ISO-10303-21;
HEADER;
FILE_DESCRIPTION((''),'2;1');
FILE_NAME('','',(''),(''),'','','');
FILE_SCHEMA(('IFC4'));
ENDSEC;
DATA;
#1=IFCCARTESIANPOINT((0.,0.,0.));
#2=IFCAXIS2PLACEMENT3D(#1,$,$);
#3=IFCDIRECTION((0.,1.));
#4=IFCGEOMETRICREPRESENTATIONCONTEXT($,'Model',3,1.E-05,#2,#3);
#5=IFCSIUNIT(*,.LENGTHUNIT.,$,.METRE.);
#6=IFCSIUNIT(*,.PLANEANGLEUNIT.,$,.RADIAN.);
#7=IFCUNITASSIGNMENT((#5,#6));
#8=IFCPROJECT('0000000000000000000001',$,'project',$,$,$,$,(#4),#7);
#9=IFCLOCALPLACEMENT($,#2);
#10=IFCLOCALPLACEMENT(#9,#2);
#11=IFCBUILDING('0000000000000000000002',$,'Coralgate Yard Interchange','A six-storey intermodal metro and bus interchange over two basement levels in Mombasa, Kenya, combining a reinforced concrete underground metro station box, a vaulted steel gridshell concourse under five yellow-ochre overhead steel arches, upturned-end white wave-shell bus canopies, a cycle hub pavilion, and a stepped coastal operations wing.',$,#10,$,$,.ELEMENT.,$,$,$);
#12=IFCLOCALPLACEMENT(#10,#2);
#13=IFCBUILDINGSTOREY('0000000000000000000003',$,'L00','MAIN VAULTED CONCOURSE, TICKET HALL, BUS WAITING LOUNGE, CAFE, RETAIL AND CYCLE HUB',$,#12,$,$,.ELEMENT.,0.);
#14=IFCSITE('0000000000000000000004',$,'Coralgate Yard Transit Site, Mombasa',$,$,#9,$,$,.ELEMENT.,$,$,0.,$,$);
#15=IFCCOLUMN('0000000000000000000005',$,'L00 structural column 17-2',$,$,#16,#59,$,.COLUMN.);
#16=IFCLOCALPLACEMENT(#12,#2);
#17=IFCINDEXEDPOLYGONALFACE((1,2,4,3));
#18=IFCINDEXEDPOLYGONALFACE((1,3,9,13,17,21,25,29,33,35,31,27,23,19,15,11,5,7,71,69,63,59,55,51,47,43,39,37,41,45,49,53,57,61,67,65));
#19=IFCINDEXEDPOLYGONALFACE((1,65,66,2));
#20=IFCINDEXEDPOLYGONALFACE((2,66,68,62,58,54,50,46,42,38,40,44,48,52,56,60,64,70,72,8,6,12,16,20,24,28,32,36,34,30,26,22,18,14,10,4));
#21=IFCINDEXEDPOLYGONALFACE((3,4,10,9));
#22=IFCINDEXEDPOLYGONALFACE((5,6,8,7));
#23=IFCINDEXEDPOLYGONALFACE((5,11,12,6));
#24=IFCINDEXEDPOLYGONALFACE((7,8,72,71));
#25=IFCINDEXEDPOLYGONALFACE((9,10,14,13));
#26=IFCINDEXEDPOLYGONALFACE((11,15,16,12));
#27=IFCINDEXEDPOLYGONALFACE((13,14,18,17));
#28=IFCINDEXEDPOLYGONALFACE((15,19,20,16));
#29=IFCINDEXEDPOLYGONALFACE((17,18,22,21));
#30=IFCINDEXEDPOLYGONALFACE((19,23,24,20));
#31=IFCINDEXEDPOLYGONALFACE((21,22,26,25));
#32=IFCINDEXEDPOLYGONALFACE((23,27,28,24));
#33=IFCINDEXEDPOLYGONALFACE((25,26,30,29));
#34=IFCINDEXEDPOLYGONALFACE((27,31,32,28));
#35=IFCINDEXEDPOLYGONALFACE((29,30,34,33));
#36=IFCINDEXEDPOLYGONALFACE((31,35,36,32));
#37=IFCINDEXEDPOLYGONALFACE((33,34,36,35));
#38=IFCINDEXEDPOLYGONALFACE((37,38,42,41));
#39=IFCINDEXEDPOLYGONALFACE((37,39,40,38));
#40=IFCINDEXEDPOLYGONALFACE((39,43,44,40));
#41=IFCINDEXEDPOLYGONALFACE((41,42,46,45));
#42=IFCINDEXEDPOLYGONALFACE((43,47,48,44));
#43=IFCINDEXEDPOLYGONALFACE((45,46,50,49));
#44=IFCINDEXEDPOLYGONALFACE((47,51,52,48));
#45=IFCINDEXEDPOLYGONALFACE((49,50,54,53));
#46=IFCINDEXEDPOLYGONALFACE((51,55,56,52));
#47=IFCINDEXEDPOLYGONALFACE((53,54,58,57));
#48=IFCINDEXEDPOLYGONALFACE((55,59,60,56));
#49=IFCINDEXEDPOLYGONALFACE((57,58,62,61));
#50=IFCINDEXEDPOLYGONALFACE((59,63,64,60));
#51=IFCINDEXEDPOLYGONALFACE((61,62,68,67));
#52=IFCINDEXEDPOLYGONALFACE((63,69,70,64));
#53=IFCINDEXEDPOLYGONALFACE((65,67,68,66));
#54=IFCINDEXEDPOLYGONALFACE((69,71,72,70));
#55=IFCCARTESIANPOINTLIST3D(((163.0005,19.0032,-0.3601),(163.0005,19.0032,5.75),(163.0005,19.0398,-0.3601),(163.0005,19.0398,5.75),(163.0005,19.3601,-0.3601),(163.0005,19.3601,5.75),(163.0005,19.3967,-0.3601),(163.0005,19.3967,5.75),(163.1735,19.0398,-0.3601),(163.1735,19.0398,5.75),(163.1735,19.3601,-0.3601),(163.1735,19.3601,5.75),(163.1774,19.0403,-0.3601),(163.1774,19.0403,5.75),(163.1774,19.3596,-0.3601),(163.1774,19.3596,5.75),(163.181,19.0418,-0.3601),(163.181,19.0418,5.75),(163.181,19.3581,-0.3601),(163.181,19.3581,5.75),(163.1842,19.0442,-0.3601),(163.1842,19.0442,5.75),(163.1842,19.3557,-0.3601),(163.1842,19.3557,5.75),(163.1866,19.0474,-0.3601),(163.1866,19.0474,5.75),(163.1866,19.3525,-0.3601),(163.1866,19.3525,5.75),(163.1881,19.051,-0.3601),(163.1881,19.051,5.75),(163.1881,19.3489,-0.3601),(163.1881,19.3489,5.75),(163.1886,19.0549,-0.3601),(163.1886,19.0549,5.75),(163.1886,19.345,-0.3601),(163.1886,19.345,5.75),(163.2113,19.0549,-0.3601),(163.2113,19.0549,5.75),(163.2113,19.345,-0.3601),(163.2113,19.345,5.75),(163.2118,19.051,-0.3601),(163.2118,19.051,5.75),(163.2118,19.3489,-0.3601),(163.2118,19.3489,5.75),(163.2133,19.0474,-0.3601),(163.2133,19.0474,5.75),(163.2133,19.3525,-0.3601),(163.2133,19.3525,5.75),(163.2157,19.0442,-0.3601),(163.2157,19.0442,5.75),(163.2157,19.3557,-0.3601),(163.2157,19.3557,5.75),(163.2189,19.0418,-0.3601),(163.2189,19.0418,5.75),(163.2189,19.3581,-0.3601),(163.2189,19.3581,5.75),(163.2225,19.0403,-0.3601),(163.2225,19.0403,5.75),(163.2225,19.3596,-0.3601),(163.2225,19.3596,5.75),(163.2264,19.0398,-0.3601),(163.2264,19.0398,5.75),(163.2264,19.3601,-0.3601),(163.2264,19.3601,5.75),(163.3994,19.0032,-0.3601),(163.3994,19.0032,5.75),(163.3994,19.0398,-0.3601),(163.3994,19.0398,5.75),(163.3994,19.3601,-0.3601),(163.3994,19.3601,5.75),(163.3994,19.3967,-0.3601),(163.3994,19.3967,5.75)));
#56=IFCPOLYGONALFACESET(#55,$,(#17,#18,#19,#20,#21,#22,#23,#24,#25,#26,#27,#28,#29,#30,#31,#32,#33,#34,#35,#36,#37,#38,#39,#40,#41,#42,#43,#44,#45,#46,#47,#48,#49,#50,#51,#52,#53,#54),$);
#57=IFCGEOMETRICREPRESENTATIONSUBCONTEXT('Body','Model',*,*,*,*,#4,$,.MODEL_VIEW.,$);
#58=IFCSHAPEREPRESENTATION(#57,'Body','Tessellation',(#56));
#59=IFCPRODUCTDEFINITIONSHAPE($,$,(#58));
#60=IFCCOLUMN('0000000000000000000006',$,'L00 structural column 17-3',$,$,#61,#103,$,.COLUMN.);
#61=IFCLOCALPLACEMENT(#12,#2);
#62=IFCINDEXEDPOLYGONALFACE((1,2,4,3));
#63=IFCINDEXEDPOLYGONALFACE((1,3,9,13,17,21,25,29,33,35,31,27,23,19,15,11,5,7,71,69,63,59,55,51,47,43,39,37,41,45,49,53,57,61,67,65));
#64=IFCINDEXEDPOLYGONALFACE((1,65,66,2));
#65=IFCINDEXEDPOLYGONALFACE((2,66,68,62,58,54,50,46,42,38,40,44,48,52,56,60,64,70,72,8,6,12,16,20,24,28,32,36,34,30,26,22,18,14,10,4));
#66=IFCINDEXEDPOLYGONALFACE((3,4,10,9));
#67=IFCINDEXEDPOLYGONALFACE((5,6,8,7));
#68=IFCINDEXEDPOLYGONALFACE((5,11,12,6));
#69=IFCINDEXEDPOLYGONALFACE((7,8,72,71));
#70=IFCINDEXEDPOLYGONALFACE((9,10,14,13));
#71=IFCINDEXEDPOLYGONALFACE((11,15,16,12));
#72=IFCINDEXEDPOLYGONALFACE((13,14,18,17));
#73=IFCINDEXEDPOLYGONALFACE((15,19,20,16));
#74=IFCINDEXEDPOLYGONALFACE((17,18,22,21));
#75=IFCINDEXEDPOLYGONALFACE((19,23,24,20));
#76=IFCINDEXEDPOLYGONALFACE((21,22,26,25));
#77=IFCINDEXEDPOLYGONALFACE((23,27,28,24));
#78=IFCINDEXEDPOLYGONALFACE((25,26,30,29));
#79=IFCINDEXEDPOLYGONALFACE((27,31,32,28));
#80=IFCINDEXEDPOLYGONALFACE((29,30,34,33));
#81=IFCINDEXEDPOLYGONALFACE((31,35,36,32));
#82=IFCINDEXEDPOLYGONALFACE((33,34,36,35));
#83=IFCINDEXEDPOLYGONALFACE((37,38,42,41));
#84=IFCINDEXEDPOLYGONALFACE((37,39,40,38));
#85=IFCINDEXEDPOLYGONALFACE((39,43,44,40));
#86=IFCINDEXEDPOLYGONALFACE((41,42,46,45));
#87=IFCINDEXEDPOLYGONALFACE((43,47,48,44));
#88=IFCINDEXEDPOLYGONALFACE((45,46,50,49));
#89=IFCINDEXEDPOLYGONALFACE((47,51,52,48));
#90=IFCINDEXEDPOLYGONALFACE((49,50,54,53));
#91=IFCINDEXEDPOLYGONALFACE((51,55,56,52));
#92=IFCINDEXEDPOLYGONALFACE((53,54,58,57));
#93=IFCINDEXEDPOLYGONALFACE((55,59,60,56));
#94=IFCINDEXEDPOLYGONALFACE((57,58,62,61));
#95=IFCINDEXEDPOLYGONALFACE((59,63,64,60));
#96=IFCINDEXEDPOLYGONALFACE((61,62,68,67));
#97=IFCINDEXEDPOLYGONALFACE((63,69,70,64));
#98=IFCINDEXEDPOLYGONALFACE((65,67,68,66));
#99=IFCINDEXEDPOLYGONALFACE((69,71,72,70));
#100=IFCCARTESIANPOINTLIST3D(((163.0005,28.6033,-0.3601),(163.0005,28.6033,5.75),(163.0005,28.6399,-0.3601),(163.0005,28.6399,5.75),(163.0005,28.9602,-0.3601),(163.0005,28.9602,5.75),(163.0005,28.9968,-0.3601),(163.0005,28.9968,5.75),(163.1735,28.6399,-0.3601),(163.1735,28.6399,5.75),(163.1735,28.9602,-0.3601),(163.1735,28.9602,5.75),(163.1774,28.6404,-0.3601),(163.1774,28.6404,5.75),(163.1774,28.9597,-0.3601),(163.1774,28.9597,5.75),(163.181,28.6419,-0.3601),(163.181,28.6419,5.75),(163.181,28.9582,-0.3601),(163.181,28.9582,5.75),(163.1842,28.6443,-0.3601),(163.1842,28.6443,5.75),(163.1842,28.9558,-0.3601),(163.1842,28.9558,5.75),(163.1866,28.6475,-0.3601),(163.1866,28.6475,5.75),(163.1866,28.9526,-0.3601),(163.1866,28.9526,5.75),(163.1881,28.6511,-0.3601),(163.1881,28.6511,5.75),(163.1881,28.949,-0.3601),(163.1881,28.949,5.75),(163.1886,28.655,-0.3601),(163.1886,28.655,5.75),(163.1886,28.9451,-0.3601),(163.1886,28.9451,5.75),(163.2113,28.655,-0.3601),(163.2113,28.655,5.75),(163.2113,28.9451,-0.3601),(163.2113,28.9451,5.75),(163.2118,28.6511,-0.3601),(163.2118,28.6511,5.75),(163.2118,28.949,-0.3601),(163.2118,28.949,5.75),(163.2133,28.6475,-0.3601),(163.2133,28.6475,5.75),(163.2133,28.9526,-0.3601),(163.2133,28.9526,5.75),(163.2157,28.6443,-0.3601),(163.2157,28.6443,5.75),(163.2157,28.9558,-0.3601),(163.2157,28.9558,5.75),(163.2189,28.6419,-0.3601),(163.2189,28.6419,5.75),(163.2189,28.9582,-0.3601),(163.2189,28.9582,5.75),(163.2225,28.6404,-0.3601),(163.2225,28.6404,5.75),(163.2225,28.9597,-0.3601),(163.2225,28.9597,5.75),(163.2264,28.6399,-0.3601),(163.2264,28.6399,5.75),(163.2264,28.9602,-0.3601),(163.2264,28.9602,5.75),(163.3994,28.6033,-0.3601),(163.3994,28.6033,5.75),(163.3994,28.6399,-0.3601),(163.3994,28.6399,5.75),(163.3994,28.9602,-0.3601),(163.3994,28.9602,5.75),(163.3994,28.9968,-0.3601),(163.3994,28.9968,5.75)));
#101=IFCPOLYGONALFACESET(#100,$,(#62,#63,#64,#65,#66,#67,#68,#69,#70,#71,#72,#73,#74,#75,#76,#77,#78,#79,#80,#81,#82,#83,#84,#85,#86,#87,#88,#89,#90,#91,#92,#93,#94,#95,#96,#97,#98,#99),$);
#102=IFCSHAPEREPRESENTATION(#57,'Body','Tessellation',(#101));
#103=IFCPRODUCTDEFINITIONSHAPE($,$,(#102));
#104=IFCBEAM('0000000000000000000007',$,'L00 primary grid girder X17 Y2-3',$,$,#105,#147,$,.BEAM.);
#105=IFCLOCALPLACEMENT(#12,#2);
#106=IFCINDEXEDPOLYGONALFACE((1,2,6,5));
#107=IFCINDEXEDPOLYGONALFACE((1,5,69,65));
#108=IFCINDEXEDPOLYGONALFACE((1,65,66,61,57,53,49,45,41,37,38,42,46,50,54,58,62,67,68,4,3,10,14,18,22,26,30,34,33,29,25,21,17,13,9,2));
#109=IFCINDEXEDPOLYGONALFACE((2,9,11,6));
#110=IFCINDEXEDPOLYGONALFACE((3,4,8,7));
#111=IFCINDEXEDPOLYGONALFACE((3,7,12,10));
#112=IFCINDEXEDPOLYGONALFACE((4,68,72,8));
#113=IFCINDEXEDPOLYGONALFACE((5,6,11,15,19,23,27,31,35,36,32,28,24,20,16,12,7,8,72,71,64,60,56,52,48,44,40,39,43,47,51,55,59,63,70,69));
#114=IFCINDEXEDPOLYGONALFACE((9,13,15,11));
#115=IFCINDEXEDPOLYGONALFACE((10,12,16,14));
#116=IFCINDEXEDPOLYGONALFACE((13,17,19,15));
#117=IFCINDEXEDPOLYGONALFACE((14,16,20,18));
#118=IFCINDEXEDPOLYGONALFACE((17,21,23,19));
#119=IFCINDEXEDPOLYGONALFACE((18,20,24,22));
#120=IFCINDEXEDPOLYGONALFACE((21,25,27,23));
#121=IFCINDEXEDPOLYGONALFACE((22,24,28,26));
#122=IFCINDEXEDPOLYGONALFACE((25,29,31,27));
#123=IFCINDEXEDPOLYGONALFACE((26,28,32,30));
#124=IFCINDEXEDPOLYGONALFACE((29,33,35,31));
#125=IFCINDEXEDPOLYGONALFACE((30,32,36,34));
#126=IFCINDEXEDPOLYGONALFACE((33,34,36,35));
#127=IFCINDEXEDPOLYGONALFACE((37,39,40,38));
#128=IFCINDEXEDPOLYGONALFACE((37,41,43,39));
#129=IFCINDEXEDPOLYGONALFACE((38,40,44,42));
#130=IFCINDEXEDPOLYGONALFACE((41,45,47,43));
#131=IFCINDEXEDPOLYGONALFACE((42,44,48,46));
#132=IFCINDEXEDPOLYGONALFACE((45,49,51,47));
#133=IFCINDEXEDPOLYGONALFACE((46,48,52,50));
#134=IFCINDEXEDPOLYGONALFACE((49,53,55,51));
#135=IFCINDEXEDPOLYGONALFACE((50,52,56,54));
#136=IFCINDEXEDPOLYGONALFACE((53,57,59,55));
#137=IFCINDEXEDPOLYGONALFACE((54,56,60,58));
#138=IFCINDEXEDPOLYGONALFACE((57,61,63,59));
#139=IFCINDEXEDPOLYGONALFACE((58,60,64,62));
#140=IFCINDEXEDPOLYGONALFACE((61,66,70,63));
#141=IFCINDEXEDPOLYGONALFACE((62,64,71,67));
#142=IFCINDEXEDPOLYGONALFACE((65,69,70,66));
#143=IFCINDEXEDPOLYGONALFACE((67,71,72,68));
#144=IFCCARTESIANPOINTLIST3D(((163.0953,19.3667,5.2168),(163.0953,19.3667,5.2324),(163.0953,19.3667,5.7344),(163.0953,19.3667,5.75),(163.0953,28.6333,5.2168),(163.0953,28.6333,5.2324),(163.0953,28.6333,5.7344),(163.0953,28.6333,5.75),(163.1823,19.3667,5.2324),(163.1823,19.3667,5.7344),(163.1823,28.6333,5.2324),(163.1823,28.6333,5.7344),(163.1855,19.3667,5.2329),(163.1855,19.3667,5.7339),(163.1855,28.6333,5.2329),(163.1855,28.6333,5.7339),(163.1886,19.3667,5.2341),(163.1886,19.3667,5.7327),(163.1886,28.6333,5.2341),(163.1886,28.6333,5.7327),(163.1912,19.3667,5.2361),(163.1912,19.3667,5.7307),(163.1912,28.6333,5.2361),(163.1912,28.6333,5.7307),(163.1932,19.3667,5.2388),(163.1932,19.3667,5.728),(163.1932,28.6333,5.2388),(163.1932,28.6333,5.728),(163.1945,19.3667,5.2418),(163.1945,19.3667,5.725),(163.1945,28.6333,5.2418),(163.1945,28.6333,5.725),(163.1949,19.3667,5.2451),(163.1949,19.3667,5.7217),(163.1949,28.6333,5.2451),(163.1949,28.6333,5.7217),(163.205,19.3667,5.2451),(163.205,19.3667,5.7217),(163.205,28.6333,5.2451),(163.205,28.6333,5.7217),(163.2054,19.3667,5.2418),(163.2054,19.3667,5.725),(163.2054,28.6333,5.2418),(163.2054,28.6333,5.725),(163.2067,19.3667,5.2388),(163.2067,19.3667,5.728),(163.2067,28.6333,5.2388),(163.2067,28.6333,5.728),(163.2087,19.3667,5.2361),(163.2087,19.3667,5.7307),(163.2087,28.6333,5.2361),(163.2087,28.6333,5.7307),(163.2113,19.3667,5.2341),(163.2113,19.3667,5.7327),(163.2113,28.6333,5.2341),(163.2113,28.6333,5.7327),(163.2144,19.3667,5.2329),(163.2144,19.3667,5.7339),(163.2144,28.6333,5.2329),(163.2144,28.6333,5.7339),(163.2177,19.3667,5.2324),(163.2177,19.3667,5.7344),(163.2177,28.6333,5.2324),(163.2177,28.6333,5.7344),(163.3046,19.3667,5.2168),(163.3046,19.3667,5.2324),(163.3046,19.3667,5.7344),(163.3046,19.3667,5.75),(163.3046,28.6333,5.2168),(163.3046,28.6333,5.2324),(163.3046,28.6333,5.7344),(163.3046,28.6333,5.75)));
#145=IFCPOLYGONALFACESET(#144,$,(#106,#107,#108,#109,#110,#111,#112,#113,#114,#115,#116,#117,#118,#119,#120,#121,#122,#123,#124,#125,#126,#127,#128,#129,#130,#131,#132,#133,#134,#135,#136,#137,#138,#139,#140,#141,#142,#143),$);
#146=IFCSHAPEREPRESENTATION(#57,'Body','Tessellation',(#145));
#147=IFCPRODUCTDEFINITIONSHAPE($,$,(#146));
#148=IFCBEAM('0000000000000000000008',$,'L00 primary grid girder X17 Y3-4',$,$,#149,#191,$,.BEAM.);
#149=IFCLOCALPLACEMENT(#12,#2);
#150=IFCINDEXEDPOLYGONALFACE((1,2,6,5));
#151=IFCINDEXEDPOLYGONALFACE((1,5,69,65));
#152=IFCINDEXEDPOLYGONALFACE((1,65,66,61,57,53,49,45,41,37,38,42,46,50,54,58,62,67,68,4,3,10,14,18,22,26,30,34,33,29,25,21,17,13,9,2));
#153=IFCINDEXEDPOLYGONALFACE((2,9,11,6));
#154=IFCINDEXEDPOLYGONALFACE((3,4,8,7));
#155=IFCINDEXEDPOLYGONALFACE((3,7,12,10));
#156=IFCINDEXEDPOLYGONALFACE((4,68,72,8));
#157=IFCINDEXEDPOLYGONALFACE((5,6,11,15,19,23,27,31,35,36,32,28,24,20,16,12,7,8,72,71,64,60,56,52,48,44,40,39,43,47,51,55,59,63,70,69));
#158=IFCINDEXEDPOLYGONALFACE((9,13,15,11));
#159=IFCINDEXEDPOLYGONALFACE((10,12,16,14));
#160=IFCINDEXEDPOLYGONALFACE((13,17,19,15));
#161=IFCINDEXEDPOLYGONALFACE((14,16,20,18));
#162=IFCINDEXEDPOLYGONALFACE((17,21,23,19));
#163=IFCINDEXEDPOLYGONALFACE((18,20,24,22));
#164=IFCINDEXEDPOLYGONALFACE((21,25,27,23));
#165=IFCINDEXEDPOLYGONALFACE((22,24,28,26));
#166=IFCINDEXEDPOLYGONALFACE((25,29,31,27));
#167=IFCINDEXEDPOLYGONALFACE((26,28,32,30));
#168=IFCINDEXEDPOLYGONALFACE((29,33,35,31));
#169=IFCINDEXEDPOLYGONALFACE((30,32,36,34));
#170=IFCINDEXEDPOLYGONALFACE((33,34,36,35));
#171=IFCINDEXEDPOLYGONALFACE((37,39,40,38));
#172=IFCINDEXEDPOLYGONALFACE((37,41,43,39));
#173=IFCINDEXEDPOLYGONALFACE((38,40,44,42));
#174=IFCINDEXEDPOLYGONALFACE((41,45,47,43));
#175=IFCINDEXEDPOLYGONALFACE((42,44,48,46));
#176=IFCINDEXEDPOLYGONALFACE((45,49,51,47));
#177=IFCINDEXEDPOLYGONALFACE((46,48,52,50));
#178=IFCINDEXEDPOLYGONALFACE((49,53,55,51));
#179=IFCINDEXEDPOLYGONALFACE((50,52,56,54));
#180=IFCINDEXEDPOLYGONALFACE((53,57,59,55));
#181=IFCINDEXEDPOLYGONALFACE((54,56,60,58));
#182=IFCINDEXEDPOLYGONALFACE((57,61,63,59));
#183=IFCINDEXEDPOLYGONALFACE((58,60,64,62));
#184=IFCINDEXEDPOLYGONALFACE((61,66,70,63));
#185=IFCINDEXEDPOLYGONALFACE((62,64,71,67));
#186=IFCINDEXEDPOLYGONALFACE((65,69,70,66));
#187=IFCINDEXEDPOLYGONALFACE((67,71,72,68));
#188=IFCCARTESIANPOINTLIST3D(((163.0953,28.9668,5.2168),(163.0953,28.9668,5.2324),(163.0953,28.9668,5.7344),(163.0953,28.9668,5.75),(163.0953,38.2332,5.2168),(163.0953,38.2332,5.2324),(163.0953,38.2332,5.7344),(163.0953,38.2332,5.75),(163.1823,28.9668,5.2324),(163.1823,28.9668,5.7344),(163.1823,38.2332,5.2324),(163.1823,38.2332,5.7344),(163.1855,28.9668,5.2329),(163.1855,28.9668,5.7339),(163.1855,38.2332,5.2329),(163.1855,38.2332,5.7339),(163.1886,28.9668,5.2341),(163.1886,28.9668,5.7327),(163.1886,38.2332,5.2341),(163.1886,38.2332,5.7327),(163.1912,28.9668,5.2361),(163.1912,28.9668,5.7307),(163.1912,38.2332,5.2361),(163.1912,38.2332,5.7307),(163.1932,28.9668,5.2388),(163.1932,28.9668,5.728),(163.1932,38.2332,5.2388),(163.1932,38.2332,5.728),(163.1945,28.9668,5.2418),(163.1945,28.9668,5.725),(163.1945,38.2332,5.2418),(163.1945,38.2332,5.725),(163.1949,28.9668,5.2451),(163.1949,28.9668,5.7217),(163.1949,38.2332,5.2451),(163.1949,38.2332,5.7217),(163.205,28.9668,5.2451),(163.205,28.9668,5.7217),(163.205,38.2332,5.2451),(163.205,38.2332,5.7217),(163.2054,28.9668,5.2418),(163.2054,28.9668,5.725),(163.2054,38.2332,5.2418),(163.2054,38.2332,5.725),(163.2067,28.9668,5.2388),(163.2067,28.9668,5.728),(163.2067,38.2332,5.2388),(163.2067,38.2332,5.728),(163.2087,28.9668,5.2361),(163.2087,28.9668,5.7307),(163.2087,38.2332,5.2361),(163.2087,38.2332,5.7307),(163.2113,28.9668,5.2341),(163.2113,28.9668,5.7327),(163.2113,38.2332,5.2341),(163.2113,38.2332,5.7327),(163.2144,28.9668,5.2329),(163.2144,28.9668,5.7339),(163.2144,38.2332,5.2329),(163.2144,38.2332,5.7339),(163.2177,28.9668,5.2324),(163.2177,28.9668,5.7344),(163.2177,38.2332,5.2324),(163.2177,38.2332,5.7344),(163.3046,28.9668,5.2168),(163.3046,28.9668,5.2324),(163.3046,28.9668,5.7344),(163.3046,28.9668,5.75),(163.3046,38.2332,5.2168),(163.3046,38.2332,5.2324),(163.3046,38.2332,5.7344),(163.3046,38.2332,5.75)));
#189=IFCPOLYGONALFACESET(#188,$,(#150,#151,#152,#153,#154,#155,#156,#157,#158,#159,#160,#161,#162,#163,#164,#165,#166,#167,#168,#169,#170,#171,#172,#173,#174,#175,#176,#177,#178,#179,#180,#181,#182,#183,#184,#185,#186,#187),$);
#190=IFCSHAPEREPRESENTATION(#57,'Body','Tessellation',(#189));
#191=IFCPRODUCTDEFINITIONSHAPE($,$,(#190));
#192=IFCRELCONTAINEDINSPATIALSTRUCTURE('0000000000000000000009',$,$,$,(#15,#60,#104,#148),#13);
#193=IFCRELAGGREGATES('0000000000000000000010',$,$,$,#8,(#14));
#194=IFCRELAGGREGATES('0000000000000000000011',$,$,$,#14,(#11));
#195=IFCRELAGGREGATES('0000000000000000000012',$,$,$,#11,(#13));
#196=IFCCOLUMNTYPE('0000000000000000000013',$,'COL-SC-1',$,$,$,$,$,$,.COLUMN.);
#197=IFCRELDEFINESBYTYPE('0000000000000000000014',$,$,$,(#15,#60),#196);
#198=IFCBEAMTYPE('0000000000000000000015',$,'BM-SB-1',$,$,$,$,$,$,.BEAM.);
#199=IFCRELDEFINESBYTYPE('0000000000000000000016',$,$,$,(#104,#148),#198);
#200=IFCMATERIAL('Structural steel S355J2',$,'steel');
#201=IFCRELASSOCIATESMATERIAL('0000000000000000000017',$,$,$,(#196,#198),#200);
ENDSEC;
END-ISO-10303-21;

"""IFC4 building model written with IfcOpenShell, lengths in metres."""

from ifc_helpers import new_model, si_unit, direction, frame, origin, origin_2d, place, context, subcontext, project, spatial, i_section, extrude, material, material_profile, profile_set, type_object, element, save


model = new_model("IFC4")

# Units and contexts
model_context = context("Model", 3, precision=1e-05, world=origin(), true_north=direction((0.0, 1.0)))
body_context = subcontext(model_context, "Body", "Model", "MODEL_VIEW")
ifc_project = project(units=[si_unit("LENGTHUNIT", "METRE"), si_unit("PLANEANGLEUNIT", "RADIAN")], contexts=[model_context])

# Site, building, storey
site_placement = place(None, origin())
site = spatial("IfcSite", under=ifc_project, at=site_placement, Name="Coralgate Yard Transit Site, Mombasa", CompositionType="ELEMENT", RefElevation=0.0)
building_placement = place(site_placement, origin())
building = spatial("IfcBuilding", under=site, at=building_placement, Name="Coralgate Yard Interchange", Description="A six-storey intermodal metro and bus interchange over two basement levels in Mombasa, Kenya, combining a reinforced concrete underground metro station box, a vaulted steel gridshell concourse under five yellow-ochre overhead steel arches, upturned-end white wave-shell bus canopies, a cycle hub pavilion, and a stepped coastal operations wing.", CompositionType="ELEMENT")
storey_placement = place(building_placement, origin())
storey = spatial("IfcBuildingStorey", under=building, at=storey_placement, Name="L00", Description="MAIN VAULTED CONCOURSE, TICKET HALL, BUS WAITING LOUNGE, CAFE, RETAIL AND CYCLE HUB", CompositionType="ELEMENT", Elevation=0.0)

# Columns
ifc_material_1 = material(Name="Structural steel S355J2", Category="steel")
ifc_material_profile_1 = material_profile(ifc_material_1, i_section(OverallWidth=0.3989, OverallDepth=0.3936, WebThickness=0.0227, FlangeThickness=0.0366, FilletRadius=0.0151, at=origin_2d()), Name="UC 356x406x287")
ifc_profile_set_1 = profile_set([ifc_material_profile_1], Name="Structural steel S355J2")
column_type = type_object("IfcColumnType", Name="COL-SC-1", PredefinedType="COLUMN", material=ifc_profile_set_1)
for number, where, z_axis, x_axis, name in (
    (1, (163.2, 19.2, -0.3601), (0.0, 0.0, 1.0), (1.0, 0.0, 0.0), "L00 structural column 17-2"),
    (2, (163.2, 28.8, -0.3601), (0.0, 0.0, 1.0), (1.0, 0.0, 0.0), "L00 structural column 17-3"),
):
    element("IfcColumn", number, at=place(storey_placement, frame(where, z_axis=z_axis, x_axis=x_axis)), inside=storey, type_object=column_type, Name=name, PredefinedType="COLUMN", context=body_context, shape_type="SweptSolid", body=[
        extrude(i_section(OverallWidth=0.3989, OverallDepth=0.3936, WebThickness=0.0227, FlangeThickness=0.0366, FilletRadius=0.0151, at=origin_2d()), origin(), (0.0, 0.0, 1.0), 6.1101),
    ])

# Beams
ifc_material_profile_2 = material_profile(ifc_material_1, i_section(OverallWidth=0.2092, OverallDepth=0.5332, WebThickness=0.01, FlangeThickness=0.0156, FilletRadius=0.0127, at=origin_2d()), Name="UB 533x210x92")
ifc_profile_set_2 = profile_set([ifc_material_profile_2], Name="Structural steel S355J2")
beam_type_1 = type_object("IfcBeamType", Name="BM-SB-1", PredefinedType="BEAM", material=ifc_profile_set_2)
beam_1_placement = place(storey_placement, frame((163.2, 19.3667, 5.4834), z_axis=(0.0, 1.0, 0.0), x_axis=(-1.0, 0.0, 0.0)))
element("IfcBeam", 3, at=beam_1_placement, inside=storey, type_object=beam_type_1, Name="L00 primary grid girder X17 Y2-3", PredefinedType="BEAM", context=body_context, shape_type="SweptSolid", body=[
    extrude(i_section(OverallWidth=0.2092, OverallDepth=0.5332, WebThickness=0.01, FlangeThickness=0.0156, FilletRadius=0.0127, at=origin_2d()), origin(), (0.0, 0.0, 1.0), 9.2666),
])
beam_2_placement = place(storey_placement, frame((163.2, 28.9668, 5.4834), z_axis=(0.0, 1.0, 0.0), x_axis=(-1.0, 0.0, 0.0)))
element("IfcBeam", 4, at=beam_2_placement, inside=storey, type_object=beam_type_1, Name="L00 primary grid girder X17 Y3-4", PredefinedType="BEAM", context=body_context, shape_type="SweptSolid", body=[
    extrude(i_section(OverallWidth=0.2092, OverallDepth=0.5332, WebThickness=0.01, FlangeThickness=0.0156, FilletRadius=0.0127, at=origin_2d()), origin(), (0.0, 0.0, 1.0), 9.2664),
])

save(model, "model.ifc")
